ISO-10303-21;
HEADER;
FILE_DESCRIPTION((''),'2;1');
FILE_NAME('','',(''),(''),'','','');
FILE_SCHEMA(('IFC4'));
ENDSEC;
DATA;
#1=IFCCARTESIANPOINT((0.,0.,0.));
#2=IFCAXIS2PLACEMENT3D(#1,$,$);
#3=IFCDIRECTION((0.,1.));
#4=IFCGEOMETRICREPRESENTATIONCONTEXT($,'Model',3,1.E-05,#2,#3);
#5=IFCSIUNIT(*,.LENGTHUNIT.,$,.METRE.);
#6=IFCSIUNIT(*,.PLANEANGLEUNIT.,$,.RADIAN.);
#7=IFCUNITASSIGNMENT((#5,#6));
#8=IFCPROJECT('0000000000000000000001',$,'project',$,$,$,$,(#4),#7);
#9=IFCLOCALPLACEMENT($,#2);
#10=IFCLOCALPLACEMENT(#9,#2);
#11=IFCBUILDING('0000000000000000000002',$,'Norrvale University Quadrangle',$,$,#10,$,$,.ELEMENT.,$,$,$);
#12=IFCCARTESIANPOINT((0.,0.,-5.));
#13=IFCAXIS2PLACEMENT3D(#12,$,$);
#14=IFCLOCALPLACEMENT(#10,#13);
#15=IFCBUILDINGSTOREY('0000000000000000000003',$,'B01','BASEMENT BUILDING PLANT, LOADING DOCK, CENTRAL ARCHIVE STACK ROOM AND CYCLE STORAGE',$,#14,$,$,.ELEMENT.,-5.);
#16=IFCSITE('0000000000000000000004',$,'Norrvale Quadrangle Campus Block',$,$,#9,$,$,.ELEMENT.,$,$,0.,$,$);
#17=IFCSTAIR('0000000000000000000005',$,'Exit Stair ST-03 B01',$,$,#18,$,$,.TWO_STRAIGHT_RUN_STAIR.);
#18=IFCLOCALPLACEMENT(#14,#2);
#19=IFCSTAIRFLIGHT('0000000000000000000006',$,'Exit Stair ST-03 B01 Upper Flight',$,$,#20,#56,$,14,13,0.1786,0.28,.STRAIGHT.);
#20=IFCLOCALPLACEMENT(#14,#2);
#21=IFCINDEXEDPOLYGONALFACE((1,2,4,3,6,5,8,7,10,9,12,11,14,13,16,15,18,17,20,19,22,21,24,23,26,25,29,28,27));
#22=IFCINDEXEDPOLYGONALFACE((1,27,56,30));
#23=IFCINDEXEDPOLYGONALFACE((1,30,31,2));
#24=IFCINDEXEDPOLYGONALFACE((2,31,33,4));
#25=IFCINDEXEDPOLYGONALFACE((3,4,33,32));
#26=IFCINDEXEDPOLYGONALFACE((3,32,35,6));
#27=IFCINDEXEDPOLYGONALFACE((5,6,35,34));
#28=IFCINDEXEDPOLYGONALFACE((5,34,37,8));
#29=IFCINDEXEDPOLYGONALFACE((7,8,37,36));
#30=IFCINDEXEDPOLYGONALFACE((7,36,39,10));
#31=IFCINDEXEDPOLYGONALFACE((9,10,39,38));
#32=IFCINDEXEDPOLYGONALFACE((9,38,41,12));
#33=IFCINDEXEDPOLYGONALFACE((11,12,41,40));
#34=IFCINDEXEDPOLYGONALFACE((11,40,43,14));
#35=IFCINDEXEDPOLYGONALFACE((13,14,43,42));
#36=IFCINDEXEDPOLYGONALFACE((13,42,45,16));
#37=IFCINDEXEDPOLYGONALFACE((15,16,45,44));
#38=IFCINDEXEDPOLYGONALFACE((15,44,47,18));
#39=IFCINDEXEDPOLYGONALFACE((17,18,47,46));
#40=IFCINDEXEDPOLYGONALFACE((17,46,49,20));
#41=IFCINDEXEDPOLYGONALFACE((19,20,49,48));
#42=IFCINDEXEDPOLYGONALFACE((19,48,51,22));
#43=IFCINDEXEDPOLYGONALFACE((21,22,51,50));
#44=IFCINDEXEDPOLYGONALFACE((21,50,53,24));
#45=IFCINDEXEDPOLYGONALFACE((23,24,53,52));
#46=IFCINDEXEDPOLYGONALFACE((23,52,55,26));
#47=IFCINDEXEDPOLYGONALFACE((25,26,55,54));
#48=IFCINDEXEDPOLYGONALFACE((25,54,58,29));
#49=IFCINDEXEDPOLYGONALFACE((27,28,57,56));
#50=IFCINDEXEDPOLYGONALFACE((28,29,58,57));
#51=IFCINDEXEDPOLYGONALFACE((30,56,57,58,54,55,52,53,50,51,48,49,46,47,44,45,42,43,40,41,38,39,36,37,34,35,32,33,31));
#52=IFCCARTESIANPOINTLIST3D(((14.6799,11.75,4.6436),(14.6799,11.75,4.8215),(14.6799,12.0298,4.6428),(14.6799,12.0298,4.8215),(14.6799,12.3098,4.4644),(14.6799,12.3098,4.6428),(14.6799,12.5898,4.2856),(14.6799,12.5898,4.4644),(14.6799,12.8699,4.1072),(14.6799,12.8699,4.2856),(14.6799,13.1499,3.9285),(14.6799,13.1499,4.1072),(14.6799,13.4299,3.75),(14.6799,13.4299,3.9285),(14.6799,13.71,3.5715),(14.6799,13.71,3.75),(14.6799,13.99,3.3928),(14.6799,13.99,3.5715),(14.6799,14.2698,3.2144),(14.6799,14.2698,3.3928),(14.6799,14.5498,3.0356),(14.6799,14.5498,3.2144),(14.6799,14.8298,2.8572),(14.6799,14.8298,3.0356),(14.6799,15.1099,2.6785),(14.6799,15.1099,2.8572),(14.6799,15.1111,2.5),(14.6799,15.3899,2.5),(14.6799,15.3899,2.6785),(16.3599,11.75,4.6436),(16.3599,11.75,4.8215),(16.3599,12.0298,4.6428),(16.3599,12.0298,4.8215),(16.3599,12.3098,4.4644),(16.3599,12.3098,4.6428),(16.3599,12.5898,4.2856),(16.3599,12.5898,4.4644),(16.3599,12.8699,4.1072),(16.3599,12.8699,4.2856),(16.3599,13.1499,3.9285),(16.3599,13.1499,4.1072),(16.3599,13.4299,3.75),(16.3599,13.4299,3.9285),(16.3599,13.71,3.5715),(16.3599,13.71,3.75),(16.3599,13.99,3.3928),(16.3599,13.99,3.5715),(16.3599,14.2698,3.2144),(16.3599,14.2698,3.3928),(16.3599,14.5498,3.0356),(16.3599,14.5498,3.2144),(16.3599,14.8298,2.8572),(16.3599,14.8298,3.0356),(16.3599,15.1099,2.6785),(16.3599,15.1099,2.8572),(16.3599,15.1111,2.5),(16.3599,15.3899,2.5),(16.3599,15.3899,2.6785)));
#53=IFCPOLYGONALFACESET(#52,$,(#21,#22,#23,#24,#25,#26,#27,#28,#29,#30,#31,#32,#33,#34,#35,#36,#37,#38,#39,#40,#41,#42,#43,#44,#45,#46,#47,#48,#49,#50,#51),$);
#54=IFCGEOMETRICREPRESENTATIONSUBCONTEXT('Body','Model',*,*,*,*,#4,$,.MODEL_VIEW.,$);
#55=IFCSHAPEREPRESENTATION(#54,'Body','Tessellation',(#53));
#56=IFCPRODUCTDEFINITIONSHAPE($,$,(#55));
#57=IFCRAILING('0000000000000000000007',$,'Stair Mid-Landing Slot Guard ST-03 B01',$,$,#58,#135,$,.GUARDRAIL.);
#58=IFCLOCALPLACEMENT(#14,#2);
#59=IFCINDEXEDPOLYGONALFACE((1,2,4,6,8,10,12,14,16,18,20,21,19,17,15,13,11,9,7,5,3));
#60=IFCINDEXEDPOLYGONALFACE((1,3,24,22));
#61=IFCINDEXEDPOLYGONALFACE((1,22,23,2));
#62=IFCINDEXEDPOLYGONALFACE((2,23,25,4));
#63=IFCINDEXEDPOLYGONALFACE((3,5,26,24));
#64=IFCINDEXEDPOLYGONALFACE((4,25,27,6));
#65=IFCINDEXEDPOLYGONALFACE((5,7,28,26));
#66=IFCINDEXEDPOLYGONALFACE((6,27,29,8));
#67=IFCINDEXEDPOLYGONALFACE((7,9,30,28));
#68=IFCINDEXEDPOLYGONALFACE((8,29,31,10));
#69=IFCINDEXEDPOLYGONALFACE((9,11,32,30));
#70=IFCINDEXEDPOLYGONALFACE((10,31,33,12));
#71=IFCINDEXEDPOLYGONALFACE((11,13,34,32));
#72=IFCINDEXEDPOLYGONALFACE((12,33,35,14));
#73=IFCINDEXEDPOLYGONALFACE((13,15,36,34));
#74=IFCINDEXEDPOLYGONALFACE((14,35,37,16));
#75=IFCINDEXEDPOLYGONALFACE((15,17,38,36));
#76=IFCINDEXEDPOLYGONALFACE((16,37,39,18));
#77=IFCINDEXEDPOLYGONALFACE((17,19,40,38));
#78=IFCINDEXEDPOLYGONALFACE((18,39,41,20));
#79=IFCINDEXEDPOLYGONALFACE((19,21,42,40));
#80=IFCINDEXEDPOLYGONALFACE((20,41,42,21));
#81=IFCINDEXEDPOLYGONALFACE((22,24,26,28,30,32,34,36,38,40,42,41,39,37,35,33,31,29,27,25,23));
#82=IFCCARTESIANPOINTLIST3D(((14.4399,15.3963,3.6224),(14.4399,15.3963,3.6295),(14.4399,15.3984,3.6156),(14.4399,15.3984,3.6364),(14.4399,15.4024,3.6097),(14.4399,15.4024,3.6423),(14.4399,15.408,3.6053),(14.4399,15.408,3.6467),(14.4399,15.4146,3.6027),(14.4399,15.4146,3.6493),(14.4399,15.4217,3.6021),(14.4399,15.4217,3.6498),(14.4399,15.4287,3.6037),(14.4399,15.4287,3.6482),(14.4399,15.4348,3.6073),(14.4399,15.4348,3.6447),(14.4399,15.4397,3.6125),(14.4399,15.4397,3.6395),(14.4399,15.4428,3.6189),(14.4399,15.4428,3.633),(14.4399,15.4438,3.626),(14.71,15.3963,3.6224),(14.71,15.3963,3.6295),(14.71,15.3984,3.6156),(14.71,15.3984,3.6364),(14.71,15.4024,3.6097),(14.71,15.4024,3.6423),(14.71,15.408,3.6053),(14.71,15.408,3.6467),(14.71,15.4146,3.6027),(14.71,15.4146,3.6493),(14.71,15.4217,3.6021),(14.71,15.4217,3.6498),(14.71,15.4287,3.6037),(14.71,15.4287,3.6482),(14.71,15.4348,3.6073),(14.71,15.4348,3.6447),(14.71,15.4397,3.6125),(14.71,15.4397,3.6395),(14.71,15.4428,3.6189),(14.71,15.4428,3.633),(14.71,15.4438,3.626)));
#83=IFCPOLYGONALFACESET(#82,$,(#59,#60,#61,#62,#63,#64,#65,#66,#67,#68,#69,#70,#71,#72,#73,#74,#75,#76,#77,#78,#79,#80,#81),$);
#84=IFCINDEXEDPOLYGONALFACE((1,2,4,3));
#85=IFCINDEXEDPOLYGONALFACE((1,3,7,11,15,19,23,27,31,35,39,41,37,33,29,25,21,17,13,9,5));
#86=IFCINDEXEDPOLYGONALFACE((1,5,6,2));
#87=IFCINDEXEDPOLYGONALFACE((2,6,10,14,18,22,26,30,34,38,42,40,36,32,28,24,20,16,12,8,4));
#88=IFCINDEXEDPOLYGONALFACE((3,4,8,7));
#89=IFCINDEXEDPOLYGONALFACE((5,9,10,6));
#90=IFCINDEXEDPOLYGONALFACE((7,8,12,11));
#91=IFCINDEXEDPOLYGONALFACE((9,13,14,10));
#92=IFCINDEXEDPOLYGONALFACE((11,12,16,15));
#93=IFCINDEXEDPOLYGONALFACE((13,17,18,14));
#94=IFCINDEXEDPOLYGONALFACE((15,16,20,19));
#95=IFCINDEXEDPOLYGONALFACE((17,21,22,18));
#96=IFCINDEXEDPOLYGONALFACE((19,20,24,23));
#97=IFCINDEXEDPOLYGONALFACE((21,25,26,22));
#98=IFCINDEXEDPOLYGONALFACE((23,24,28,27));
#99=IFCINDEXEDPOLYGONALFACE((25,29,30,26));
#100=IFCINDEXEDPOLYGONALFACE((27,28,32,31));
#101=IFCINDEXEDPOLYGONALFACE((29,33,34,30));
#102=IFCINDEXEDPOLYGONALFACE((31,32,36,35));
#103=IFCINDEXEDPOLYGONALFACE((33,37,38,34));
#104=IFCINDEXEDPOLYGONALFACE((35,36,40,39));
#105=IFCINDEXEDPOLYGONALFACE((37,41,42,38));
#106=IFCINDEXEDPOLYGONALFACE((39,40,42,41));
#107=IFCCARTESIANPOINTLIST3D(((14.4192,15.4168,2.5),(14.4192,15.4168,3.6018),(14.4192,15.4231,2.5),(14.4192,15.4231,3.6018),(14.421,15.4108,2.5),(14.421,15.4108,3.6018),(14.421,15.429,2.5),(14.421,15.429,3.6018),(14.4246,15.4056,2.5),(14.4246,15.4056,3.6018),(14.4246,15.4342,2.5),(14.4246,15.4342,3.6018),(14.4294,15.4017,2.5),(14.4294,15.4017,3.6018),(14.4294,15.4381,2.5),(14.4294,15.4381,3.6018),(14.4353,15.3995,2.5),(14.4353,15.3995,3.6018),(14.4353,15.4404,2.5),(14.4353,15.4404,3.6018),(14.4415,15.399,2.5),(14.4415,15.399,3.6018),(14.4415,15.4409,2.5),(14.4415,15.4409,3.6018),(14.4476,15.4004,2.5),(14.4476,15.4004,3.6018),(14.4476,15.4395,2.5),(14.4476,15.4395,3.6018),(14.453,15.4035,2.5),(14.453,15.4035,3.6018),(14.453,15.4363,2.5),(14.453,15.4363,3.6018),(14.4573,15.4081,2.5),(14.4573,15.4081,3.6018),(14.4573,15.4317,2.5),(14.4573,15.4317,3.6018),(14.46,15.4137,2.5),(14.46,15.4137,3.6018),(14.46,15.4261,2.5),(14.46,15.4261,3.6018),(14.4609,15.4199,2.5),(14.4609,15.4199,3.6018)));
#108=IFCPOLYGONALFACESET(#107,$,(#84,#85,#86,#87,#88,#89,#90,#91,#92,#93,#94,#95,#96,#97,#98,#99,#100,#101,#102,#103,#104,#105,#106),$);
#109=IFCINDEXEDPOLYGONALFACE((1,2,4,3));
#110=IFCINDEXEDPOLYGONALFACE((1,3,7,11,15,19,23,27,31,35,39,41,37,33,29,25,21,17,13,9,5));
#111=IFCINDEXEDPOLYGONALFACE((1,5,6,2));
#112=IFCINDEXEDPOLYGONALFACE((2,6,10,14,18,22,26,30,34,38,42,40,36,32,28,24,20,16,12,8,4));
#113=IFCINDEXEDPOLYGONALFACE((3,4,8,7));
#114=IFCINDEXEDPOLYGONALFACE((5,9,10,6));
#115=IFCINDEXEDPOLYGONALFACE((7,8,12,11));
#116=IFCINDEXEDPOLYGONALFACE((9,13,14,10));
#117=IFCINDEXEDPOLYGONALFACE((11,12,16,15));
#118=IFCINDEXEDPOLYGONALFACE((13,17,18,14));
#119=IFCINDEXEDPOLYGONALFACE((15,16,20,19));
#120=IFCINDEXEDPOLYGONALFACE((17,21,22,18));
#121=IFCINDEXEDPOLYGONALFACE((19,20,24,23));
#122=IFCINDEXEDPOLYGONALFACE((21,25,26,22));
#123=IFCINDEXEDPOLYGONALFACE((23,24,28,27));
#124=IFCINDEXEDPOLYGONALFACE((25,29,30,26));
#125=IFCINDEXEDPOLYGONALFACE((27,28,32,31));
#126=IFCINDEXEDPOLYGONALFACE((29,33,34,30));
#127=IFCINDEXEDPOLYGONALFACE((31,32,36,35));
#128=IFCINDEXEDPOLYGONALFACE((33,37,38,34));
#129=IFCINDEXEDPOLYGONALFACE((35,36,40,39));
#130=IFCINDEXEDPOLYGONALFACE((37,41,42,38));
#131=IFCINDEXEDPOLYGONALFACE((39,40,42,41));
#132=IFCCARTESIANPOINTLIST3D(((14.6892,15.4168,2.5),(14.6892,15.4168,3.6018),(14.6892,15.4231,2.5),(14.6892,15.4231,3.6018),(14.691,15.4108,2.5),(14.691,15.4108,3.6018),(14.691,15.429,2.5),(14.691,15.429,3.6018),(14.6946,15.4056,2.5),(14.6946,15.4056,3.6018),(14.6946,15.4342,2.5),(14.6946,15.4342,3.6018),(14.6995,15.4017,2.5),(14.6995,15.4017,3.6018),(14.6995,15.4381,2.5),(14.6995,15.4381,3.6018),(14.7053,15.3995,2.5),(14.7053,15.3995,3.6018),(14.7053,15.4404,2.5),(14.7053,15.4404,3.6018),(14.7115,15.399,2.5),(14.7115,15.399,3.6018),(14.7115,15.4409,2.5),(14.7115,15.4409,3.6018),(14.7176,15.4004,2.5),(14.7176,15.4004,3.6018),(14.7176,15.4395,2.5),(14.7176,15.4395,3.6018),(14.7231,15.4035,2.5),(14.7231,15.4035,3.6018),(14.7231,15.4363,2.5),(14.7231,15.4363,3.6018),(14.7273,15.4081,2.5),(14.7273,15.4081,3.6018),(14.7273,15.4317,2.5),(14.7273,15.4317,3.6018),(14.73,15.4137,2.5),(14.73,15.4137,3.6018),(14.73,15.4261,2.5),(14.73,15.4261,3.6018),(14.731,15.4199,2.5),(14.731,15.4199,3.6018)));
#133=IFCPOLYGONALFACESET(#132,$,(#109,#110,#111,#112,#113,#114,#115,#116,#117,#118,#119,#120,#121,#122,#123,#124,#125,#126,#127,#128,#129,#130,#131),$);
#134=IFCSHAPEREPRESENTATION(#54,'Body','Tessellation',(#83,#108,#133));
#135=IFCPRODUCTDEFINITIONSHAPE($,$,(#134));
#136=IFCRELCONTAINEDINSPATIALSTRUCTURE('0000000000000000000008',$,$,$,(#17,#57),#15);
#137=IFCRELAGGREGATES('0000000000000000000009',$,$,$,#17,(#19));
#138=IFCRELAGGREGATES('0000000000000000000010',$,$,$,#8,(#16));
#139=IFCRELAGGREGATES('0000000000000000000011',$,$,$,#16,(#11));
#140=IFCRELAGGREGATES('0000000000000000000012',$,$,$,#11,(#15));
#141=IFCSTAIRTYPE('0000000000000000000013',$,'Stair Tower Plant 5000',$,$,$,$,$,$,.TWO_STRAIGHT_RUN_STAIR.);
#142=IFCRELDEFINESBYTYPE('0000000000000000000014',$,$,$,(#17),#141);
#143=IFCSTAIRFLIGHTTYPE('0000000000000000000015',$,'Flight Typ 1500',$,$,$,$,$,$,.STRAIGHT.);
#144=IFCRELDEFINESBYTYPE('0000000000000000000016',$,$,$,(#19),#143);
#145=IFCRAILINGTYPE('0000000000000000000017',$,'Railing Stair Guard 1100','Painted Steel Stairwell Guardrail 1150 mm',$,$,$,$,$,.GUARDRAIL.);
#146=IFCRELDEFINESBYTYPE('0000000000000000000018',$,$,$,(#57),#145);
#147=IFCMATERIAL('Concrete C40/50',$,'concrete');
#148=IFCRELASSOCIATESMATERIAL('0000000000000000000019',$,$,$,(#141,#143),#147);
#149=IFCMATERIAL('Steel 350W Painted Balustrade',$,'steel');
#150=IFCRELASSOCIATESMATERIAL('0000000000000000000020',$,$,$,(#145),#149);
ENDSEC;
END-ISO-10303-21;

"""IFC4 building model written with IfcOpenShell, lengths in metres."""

from ifc_helpers import new_model, si_unit, direction, frame, origin, origin_2d, place, context, subcontext, project, spatial, polyline, circle, outline, extrude, material, type_object, element, aggregate, save


model = new_model("IFC4")

# Units and contexts
model_context = context("Model", 3, precision=1e-05, world=origin(), true_north=direction((0.0, 1.0)))
body_context = subcontext(model_context, "Body", "Model", "MODEL_VIEW")
ifc_project = project(units=[si_unit("LENGTHUNIT", "METRE"), si_unit("PLANEANGLEUNIT", "RADIAN")], contexts=[model_context])

# Site, building, storey
site_placement = place(None, origin())
site = spatial("IfcSite", under=ifc_project, at=site_placement, Name="Norrvale Quadrangle Campus Block", CompositionType="ELEMENT", RefElevation=0.0)
building_placement = place(site_placement, origin())
building = spatial("IfcBuilding", under=site, at=building_placement, Name="Norrvale University Quadrangle", CompositionType="ELEMENT")
storey_placement = place(building_placement, frame((0.0, 0.0, -5.0)))
storey = spatial("IfcBuildingStorey", under=building, at=storey_placement, Name="B01", Description="BASEMENT BUILDING PLANT, LOADING DOCK, CENTRAL ARCHIVE STACK ROOM AND CYCLE STORAGE", CompositionType="ELEMENT", Elevation=-5.0)

# Stair, stair flight
ifc_material_1 = material(Name="Concrete C40/50", Category="concrete")
stair_type = type_object("IfcStairType", Name="Stair Tower Plant 5000", PredefinedType="TWO_STRAIGHT_RUN_STAIR", material=ifc_material_1)
stair_placement = place(storey_placement, origin())
stair = element("IfcStair", 1, at=stair_placement, inside=storey, type_object=stair_type, Name="Exit Stair ST-03 B01", PredefinedType="TWO_STRAIGHT_RUN_STAIR")
stair_flight_type = type_object("IfcStairFlightType", Name="Flight Typ 1500", PredefinedType="STRAIGHT", material=ifc_material_1)
stair_flight_placement = place(storey_placement, frame((15.52, 15.3899, 2.5), z_axis=(0.0, 0.0, 1.0), x_axis=(0.0, -1.0, 0.0)))
stair_flight = element("IfcStairFlight", 2, at=stair_flight_placement, type_object=stair_flight_type, Name="Exit Stair ST-03 B01 Upper Flight", NumberOfRisers=14, NumberOfTreads=13, PredefinedType="STRAIGHT", RiserHeight=0.1786, TreadLength=0.28, context=body_context, shape_type="SweptSolid", body=[
    extrude(outline(polyline([(0.0, 0.0), (0.0, 0.1785), (0.28, 0.1785), (0.28, 0.3572), (0.5601, 0.3572), (0.5601, 0.5356), (0.8401, 0.5356), (0.8401, 0.7144), (1.1201, 0.7144), (1.1201, 0.8928), (1.3999, 0.8928), (1.3999, 1.0715), (1.6799, 1.0715), (1.6799, 1.25), (1.96, 1.25), (1.96, 1.4285), (2.24, 1.4285), (2.24, 1.6072), (2.52, 1.6072), (2.52, 1.7856), (2.8, 1.7856), (2.8, 1.9644), (3.0801, 1.9644), (3.0801, 2.1428), (3.3601, 2.1428), (3.3601, 2.3215), (3.6399, 2.3215), (3.6399, 2.5), (3.6399, 2.1436), (0.2788, 0.0), (0.0, 0.0)])), frame((0.0, 0.8398, 0.0), z_axis=(0.0, -1.0, 0.0), x_axis=(1.0, 0.0, 0.0)), (0.0, 0.0, 1.0), 1.6799),
])
aggregate(stair, [stair_flight])

# Railing
ifc_material_2 = material(Name="Steel 350W Painted Balustrade", Category="steel")
railing_type_1 = type_object("IfcRailingType", Name="Railing Stair Guard 1100", Description="Painted Steel Stairwell Guardrail 1150 mm", PredefinedType="GUARDRAIL", material=ifc_material_2)
railing_1_placement = place(storey_placement, frame((14.4399, 15.4199, 2.5)))
element("IfcRailing", 3, at=railing_1_placement, inside=storey, type_object=railing_type_1, Name="Stair Mid-Landing Slot Guard ST-03 B01", PredefinedType="GUARDRAIL", context=body_context, shape_type="SweptSolid", body=[
    extrude(circle(Radius=0.0239, at=origin_2d()), frame((0.0, 0.0, 1.126), z_axis=(1.0, 0.0, 0.0), x_axis=(0.0, 1.0, 0.0)), (0.0, 0.0, 1.0), 0.27),
    extrude(circle(Radius=0.021, at=origin_2d()), origin(), (0.0, 0.0, 1.0), 1.1018),
    extrude(circle(Radius=0.021, at=origin_2d()), frame((0.27, 0.0, 0.0)), (0.0, 0.0, 1.0), 1.1018),
])

save(model, "model.ifc")
